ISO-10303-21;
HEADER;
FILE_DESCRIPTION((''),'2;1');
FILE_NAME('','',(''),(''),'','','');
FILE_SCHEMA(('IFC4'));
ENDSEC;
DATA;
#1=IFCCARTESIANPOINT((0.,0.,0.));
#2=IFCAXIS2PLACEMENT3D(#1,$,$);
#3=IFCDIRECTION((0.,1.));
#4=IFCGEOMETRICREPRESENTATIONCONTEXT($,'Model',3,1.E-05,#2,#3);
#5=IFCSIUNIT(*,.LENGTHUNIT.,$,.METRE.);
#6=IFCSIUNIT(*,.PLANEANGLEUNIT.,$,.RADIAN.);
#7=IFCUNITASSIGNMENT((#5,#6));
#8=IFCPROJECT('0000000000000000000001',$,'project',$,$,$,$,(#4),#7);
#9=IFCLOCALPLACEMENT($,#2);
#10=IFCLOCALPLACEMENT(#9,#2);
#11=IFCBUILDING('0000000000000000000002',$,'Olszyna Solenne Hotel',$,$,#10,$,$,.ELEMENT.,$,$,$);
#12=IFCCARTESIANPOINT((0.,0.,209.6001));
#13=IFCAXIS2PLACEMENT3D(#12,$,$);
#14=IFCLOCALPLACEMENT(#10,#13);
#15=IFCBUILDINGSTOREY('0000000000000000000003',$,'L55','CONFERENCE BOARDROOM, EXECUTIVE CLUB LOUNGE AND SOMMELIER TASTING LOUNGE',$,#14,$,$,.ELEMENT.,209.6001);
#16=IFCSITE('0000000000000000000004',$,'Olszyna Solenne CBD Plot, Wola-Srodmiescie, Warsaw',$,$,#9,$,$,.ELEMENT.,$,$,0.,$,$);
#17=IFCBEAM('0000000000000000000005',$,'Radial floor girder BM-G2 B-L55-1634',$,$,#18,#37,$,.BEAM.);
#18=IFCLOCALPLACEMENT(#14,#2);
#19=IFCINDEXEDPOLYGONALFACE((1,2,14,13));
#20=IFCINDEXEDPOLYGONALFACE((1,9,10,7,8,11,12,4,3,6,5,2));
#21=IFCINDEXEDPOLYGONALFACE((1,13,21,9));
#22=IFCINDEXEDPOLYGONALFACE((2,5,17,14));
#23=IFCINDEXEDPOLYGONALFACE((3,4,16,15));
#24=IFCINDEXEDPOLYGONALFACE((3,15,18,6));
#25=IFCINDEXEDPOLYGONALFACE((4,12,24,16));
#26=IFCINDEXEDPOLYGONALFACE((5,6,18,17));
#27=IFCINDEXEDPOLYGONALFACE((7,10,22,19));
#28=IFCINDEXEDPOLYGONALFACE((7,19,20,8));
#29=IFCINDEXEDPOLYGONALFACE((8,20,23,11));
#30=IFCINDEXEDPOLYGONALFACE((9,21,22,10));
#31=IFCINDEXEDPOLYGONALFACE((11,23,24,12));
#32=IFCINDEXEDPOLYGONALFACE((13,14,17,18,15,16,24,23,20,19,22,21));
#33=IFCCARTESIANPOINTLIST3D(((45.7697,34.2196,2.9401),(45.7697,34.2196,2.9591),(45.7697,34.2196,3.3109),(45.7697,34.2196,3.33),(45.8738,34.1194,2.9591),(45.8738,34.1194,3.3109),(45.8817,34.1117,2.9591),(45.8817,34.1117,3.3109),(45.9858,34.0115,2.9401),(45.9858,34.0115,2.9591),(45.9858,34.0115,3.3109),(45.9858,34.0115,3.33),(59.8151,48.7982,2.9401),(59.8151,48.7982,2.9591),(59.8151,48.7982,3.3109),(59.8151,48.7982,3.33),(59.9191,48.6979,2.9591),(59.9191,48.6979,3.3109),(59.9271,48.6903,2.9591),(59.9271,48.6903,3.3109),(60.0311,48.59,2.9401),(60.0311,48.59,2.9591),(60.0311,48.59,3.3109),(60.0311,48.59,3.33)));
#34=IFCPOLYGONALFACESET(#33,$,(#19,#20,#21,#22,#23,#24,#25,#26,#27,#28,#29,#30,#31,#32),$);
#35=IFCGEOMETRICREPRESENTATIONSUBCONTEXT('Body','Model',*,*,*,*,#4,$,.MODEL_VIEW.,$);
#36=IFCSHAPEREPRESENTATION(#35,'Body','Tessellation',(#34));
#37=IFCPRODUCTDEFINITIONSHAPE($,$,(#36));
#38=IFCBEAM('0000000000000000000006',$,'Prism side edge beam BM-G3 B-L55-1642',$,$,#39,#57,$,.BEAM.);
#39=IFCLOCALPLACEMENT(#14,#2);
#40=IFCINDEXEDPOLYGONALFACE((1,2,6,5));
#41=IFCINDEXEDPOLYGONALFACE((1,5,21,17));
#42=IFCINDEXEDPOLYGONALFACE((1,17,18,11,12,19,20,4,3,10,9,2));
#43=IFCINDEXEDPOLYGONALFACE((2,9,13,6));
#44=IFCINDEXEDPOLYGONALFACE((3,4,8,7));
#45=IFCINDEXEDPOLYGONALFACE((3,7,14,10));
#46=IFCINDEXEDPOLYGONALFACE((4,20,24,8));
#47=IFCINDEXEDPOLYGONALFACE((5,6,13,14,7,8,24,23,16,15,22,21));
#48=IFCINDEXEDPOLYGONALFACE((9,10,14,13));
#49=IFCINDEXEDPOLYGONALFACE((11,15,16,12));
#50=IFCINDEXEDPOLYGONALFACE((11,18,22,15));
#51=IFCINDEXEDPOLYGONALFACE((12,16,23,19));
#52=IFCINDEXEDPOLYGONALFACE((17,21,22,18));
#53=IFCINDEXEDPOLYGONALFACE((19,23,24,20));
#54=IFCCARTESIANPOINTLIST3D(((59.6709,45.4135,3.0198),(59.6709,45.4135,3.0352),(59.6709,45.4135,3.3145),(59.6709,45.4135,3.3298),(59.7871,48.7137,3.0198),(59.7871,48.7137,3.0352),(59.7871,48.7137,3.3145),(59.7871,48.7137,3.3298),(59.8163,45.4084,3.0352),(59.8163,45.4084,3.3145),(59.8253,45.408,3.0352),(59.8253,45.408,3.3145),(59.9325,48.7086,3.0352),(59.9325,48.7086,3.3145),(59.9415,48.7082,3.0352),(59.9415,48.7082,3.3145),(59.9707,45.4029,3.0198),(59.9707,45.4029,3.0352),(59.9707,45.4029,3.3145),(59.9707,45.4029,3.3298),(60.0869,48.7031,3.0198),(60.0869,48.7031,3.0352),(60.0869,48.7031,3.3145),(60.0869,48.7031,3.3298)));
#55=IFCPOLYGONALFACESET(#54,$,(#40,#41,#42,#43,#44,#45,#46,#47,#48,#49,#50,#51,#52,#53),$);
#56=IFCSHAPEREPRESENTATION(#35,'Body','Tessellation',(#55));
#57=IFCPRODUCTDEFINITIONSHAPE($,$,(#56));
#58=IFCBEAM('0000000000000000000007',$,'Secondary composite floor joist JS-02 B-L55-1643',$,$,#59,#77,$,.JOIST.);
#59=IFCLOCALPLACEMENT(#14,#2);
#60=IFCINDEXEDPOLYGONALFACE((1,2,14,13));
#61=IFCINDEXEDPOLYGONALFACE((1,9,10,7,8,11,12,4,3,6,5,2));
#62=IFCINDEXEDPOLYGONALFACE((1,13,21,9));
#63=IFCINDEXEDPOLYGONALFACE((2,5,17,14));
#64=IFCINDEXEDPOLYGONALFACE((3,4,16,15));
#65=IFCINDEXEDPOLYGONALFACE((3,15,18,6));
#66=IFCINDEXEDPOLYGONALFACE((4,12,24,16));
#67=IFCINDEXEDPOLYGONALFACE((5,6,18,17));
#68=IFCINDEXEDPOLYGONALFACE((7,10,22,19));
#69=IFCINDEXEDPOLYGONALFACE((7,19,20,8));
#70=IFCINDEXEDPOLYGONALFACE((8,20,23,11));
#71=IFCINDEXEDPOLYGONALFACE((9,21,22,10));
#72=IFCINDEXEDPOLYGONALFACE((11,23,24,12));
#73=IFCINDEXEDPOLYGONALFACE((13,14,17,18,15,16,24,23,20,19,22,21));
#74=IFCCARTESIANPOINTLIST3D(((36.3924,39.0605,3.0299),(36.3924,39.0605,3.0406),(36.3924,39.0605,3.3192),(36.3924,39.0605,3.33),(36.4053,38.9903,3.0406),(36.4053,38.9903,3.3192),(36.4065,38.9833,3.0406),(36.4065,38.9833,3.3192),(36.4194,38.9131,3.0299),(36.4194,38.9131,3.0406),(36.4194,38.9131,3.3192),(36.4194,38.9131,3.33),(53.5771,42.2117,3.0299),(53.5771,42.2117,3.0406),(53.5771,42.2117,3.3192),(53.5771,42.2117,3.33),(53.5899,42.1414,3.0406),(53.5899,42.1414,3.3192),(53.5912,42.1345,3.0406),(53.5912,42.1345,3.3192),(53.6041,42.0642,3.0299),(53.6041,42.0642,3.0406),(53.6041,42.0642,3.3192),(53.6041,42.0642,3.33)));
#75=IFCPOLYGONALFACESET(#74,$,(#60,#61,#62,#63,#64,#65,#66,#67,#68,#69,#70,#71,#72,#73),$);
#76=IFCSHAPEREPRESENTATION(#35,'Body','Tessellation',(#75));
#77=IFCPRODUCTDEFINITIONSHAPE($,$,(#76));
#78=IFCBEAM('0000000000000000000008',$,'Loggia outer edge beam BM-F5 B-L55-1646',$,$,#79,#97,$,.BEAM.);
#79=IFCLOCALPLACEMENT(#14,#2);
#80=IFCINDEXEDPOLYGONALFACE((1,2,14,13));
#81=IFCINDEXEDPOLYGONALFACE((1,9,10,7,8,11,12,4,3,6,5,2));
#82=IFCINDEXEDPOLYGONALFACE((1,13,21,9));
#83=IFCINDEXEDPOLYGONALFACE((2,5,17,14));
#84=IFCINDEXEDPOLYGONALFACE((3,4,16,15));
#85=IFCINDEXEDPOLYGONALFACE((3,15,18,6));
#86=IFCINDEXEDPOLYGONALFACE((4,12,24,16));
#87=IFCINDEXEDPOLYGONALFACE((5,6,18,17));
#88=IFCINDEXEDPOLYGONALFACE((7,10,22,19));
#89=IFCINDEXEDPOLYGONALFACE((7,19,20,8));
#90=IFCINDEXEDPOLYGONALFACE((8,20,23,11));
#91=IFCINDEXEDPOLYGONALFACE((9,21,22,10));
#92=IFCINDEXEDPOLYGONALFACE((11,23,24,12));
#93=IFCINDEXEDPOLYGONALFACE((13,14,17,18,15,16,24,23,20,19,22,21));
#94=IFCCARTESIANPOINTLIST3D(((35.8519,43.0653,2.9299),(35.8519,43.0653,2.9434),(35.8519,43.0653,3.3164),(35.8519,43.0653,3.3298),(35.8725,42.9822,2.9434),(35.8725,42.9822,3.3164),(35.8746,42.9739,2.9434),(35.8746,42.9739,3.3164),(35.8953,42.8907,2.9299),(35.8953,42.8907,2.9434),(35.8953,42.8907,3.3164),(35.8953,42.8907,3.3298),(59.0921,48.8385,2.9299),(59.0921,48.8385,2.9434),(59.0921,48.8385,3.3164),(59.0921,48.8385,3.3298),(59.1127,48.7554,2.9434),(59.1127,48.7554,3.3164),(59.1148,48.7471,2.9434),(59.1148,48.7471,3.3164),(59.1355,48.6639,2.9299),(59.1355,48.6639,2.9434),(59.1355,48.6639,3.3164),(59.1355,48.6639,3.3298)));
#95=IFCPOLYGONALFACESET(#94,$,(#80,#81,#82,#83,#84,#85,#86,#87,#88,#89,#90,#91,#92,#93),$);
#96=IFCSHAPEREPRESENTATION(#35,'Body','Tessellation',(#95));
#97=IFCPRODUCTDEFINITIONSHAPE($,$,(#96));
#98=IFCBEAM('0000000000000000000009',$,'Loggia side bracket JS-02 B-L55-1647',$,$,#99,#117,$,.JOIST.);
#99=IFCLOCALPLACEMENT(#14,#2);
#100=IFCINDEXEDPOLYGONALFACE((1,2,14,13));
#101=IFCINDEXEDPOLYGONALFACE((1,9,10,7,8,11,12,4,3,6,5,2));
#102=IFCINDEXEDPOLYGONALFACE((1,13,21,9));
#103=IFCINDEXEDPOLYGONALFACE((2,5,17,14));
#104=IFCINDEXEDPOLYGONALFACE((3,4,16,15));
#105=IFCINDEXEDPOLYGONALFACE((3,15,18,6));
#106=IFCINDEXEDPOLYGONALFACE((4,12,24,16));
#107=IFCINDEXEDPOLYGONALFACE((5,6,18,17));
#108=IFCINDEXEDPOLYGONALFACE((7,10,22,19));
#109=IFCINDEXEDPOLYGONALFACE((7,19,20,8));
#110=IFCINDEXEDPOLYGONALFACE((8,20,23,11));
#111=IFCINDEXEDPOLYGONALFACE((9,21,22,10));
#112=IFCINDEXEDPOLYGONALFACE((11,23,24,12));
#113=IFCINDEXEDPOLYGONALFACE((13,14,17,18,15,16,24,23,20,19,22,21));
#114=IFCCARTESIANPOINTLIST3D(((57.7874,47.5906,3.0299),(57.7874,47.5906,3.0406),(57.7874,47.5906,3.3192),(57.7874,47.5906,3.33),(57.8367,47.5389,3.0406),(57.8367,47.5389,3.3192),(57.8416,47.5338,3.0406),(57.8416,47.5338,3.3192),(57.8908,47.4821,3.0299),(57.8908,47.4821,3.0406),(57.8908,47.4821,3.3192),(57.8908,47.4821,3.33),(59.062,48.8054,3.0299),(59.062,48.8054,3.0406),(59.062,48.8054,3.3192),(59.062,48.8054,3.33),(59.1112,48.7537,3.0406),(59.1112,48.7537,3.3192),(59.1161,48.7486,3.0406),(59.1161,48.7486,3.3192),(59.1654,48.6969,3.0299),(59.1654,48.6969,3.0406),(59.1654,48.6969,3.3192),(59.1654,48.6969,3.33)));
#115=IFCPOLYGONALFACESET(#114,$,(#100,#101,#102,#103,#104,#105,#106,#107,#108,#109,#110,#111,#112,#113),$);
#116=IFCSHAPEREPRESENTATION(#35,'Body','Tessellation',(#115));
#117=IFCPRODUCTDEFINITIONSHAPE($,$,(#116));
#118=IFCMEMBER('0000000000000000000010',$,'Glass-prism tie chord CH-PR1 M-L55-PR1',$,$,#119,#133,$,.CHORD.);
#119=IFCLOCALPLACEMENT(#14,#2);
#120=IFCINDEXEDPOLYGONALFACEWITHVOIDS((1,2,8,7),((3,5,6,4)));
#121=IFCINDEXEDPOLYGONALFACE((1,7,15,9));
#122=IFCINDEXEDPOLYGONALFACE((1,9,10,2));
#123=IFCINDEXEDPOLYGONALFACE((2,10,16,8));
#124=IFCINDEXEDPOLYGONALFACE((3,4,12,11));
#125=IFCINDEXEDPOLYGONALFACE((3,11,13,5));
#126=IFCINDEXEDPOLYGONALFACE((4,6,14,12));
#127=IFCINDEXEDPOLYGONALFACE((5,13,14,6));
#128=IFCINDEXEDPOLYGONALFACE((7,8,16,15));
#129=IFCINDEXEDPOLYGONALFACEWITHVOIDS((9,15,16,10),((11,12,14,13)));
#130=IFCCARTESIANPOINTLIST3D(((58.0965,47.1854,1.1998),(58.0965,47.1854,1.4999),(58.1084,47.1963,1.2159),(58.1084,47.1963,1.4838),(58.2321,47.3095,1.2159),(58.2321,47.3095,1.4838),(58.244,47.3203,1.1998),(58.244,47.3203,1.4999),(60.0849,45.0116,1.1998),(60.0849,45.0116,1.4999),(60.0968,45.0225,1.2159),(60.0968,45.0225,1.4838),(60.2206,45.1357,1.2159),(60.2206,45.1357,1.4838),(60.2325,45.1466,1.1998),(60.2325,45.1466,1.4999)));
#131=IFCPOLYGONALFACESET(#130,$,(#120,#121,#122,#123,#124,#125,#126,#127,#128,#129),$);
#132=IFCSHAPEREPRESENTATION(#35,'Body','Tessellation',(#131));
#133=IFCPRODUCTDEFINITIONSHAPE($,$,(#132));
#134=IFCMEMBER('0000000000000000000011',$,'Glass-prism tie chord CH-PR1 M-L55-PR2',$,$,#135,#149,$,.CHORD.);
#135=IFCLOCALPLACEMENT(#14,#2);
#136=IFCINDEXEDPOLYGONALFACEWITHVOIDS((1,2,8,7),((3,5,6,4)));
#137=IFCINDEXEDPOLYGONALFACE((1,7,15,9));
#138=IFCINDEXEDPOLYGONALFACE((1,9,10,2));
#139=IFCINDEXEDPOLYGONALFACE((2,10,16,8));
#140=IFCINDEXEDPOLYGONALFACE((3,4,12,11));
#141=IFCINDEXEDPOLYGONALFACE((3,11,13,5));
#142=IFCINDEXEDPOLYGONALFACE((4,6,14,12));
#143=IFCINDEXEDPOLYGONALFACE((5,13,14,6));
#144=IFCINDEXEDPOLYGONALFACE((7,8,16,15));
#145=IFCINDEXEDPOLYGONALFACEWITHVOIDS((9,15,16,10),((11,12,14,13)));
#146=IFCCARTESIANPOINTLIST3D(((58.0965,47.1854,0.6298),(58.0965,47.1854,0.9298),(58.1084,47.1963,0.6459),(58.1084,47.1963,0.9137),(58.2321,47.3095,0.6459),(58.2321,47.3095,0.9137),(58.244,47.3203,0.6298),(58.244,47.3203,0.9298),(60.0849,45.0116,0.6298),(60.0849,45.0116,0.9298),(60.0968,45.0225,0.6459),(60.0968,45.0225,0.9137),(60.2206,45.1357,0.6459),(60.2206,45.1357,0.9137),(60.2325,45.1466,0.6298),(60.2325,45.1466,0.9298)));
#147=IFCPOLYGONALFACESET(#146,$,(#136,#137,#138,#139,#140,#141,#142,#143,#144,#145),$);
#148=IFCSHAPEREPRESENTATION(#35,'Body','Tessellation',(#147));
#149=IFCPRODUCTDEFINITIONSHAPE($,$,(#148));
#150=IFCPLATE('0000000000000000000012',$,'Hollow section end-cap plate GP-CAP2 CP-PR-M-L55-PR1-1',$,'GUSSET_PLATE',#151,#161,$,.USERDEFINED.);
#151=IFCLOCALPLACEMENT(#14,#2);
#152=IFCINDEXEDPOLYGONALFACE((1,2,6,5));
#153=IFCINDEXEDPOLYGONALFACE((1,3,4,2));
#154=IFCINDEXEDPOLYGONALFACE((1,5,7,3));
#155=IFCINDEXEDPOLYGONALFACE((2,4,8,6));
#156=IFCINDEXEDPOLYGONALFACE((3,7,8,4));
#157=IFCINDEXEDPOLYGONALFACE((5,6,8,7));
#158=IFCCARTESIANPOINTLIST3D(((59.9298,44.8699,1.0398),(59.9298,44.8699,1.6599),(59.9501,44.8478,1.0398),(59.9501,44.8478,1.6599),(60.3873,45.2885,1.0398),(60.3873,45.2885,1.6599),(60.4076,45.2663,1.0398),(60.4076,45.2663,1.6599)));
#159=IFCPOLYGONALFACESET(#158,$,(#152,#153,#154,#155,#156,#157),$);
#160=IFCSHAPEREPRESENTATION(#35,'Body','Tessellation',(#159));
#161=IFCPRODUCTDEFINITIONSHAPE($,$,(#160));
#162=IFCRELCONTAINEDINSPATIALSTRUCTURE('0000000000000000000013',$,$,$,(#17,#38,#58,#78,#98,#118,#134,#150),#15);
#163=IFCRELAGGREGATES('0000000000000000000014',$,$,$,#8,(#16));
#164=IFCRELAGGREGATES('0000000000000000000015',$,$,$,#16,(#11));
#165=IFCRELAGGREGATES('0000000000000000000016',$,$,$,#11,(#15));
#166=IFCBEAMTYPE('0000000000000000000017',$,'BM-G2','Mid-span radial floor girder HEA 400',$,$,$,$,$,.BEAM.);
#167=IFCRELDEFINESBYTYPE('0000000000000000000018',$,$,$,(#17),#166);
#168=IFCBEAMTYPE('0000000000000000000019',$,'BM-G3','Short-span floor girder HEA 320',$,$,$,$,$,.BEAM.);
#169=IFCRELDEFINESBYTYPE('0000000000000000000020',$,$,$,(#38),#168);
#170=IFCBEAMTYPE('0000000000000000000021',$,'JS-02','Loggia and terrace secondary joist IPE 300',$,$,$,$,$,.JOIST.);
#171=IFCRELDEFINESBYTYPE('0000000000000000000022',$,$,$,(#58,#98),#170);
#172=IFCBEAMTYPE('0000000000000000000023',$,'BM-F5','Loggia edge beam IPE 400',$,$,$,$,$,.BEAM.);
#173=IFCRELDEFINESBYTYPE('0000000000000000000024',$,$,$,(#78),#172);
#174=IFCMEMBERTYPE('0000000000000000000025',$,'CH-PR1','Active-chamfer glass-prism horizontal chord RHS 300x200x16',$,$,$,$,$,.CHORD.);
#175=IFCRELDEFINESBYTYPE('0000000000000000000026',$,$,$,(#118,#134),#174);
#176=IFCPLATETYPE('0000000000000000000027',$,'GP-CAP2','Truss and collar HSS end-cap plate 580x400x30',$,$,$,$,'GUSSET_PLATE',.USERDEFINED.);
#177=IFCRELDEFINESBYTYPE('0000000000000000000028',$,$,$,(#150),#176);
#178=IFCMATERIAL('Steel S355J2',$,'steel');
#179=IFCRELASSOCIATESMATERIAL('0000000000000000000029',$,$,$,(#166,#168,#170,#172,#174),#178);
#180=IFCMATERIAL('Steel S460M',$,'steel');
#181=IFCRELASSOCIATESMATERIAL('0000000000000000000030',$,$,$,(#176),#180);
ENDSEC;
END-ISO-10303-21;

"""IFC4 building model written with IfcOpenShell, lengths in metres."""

from ifc_helpers import new_model, si_unit, direction, frame, origin, origin_2d, place, context, subcontext, project, spatial, rectangle, hollow_rectangle, i_section, extrude, source, transform, mapped, material, material_profile, profile_set, type_object, element, save


model = new_model("IFC4")

# Units and contexts
model_context = context("Model", 3, precision=1e-05, world=origin(), true_north=direction((0.0, 1.0)))
body_context = subcontext(model_context, "Body", "Model", "MODEL_VIEW")
ifc_project = project(units=[si_unit("LENGTHUNIT", "METRE"), si_unit("PLANEANGLEUNIT", "RADIAN")], contexts=[model_context])

# Site, building, storey
site_placement = place(None, origin())
site = spatial("IfcSite", under=ifc_project, at=site_placement, Name="Olszyna Solenne CBD Plot, Wola-Srodmiescie, Warsaw", CompositionType="ELEMENT", RefElevation=0.0)
building_placement = place(site_placement, origin())
building = spatial("IfcBuilding", under=site, at=building_placement, Name="Olszyna Solenne Hotel", CompositionType="ELEMENT")
storey_placement = place(building_placement, frame((0.0, 0.0, 209.6001)))
storey = spatial("IfcBuildingStorey", under=building, at=storey_placement, Name="L55", Description="CONFERENCE BOARDROOM, EXECUTIVE CLUB LOUNGE AND SOMMELIER TASTING LOUNGE", CompositionType="ELEMENT", Elevation=209.6001)

# Shared definitions
ifc_material_1 = material(Name="Steel S460M", Category="steel")

# Beams
ifc_material_2 = material(Name="Steel S355J2", Category="steel")
ifc_material_profile_1 = material_profile(ifc_material_2, i_section(OverallWidth=0.3, OverallDepth=0.3899, WebThickness=0.011, FlangeThickness=0.019, at=origin_2d()), Name="HEA 400", Category="load-bearing")
ifc_profile_set_1 = profile_set([ifc_material_profile_1], Name="Steel S355J2")
beam_type_1 = type_object("IfcBeamType", Name="BM-G2", Description="Mid-span radial floor girder HEA 400", PredefinedType="BEAM", material=ifc_profile_set_1)
shared_shape_1 = source(origin(), body_context, "Body", "SweptSolid", [
    extrude(i_section(OverallWidth=0.3, OverallDepth=0.3899, WebThickness=0.011, FlangeThickness=0.019, at=origin_2d()), origin(), (0.0, 0.0, 1.0), 20.2437),
])
beam_1_placement = place(storey_placement, frame((59.9231, 48.6941, 3.135), z_axis=(-0.693815, -0.720154, 0.0), x_axis=(0.720154, -0.693815, 0.0)))
element("IfcBeam", 1, at=beam_1_placement, inside=storey, type_object=beam_type_1, Name="Radial floor girder BM-G2 B-L55-1634", PredefinedType="BEAM", context=body_context, shape_type="MappedRepresentation", body=[
    mapped(shared_shape_1, transform((0.0, 0.0, 0.0), x_axis=(1.0, 0.0, 0.0), y_axis=(0.0, 1.0, 0.0), z_axis=(0.0, 0.0, 1.0), scale=1.0)),
])
ifc_material_profile_2 = material_profile(ifc_material_2, i_section(OverallWidth=0.3, OverallDepth=0.3101, WebThickness=0.009, FlangeThickness=0.0154, at=origin_2d()), Name="HEA 320", Category="load-bearing")
ifc_profile_set_2 = profile_set([ifc_material_profile_2], Name="Steel S355J2")
beam_type_2 = type_object("IfcBeamType", Name="BM-G3", Description="Short-span floor girder HEA 320", PredefinedType="BEAM", material=ifc_profile_set_2)
shared_shape_2 = source(origin(), body_context, "Body", "SweptSolid", [
    extrude(i_section(OverallWidth=0.3, OverallDepth=0.3101, WebThickness=0.009, FlangeThickness=0.0154, at=origin_2d()), origin(), (0.0, 0.0, 1.0), 3.3022),
])
beam_2_placement = place(storey_placement, frame((59.8208, 45.4082, 3.1748), z_axis=(0.03519, 0.999381, 0.0), x_axis=(-0.999381, 0.03519, 0.0)))
element("IfcBeam", 2, at=beam_2_placement, inside=storey, type_object=beam_type_2, Name="Prism side edge beam BM-G3 B-L55-1642", PredefinedType="BEAM", context=body_context, shape_type="MappedRepresentation", body=[
    mapped(shared_shape_2, transform((0.0, 0.0, 0.0), x_axis=(1.0, 0.0, 0.0), y_axis=(0.0, 1.0, 0.0), z_axis=(0.0, 0.0, 1.0), scale=1.0)),
])
ifc_material_profile_3 = material_profile(ifc_material_2, i_section(OverallWidth=0.1499, OverallDepth=0.3, WebThickness=0.0071, FlangeThickness=0.0107, at=origin_2d()), Name="IPE 300", Category="load-bearing")
ifc_profile_set_3 = profile_set([ifc_material_profile_3], Name="Steel S355J2")
beam_type_3 = type_object("IfcBeamType", Name="JS-02", Description="Loggia and terrace secondary joist IPE 300", PredefinedType="JOIST", material=ifc_profile_set_3)
shared_shape_3 = source(origin(), body_context, "Body", "SweptSolid", [
    extrude(i_section(OverallWidth=0.1499, OverallDepth=0.3, WebThickness=0.0071, FlangeThickness=0.0107, at=origin_2d()), origin(), (0.0, 0.0, 1.0), 17.4712),
])
beam_3_placement = place(storey_placement, frame((53.5906, 42.1379, 3.1799), z_axis=(-0.9836, -0.180362, 0.0), x_axis=(0.180362, -0.9836, 0.0)))
element("IfcBeam", 3, at=beam_3_placement, inside=storey, type_object=beam_type_3, Name="Secondary composite floor joist JS-02 B-L55-1643", PredefinedType="JOIST", context=body_context, shape_type="MappedRepresentation", body=[
    mapped(shared_shape_3, transform((0.0, 0.0, 0.0), x_axis=(1.0, 0.0, 0.0), y_axis=(0.0, 1.0, 0.0), z_axis=(0.0, 0.0, 1.0), scale=1.0)),
])
ifc_material_profile_4 = material_profile(ifc_material_2, i_section(OverallWidth=0.1799, OverallDepth=0.3999, WebThickness=0.0085, FlangeThickness=0.0134, at=origin_2d()), Name="IPE 400", Category="load-bearing")
ifc_profile_set_4 = profile_set([ifc_material_profile_4], Name="Steel S355J2")
beam_type_4 = type_object("IfcBeamType", Name="BM-F5", Description="Loggia edge beam IPE 400", PredefinedType="BEAM", material=ifc_profile_set_4)
shared_shape_4 = source(origin(), body_context, "Body", "SweptSolid", [
    extrude(i_section(OverallWidth=0.1799, OverallDepth=0.3999, WebThickness=0.0085, FlangeThickness=0.0134, at=origin_2d()), origin(), (0.0, 0.0, 1.0), 23.9465),
])
beam_4_placement = place(storey_placement, frame((59.1138, 48.7512, 3.1299), z_axis=(-0.970504, -0.241086, 0.0), x_axis=(0.241086, -0.970504, 0.0)))
element("IfcBeam", 4, at=beam_4_placement, inside=storey, type_object=beam_type_4, Name="Loggia outer edge beam BM-F5 B-L55-1646", PredefinedType="BEAM", context=body_context, shape_type="MappedRepresentation", body=[
    mapped(shared_shape_4, transform((0.0, 0.0, 0.0), x_axis=(1.0, 0.0, 0.0), y_axis=(0.0, 1.0, 0.0), z_axis=(0.0, 0.0, 1.0), scale=1.0)),
])
shared_shape_5 = source(origin(), body_context, "Body", "SweptSolid", [
    extrude(i_section(OverallWidth=0.1499, OverallDepth=0.3, WebThickness=0.0071, FlangeThickness=0.0107, at=origin_2d()), origin(), (0.0, 0.0, 1.0), 1.7607),
])
beam_5_placement = place(storey_placement, frame((57.8391, 47.5364, 3.1799), z_axis=(0.723887, 0.689918, 0.0), x_axis=(-0.689918, 0.723887, 0.0)))
element("IfcBeam", 5, at=beam_5_placement, inside=storey, type_object=beam_type_3, Name="Loggia side bracket JS-02 B-L55-1647", PredefinedType="JOIST", context=body_context, shape_type="MappedRepresentation", body=[
    mapped(shared_shape_5, transform((0.0, 0.0, 0.0), x_axis=(1.0, 0.0, 0.0), y_axis=(0.0, 1.0, 0.0), z_axis=(0.0, 0.0, 1.0), scale=1.0)),
])

# Members
ifc_material_profile_5 = material_profile(ifc_material_2, hollow_rectangle(XDim=0.2, YDim=0.3, WallThickness=0.0161, at=origin_2d()), Name="RHS 300x200x16", Category="load-bearing")
ifc_profile_set_5 = profile_set([ifc_material_profile_5], Name="Steel S355J2")
member_type = type_object("IfcMemberType", Name="CH-PR1", Description="Active-chamfer glass-prism horizontal chord RHS 300x200x16", PredefinedType="CHORD", material=ifc_profile_set_5)
shared_shape_6 = source(origin(), body_context, "Body", "SweptSolid", [
    extrude(hollow_rectangle(XDim=0.2, YDim=0.3, WallThickness=0.0161, at=origin_2d()), origin(), (0.0, 0.0, 1.0), 2.946),
])
for number, where, z_axis, x_axis, name in (
    (6, (60.1587, 45.0791, 1.3499), (-0.674959, 0.737855, 0.0), (-0.737855, -0.674959, 0.0), "Glass-prism tie chord CH-PR1 M-L55-PR1"),
    (7, (60.1587, 45.0791, 0.7798), (-0.674959, 0.737855, 0.0), (-0.737855, -0.674959, 0.0), "Glass-prism tie chord CH-PR1 M-L55-PR2"),
):
    element("IfcMember", number, at=place(storey_placement, frame(where, z_axis=z_axis, x_axis=x_axis)), inside=storey, type_object=member_type, Name=name, PredefinedType="CHORD", context=body_context, shape_type="MappedRepresentation", body=[
        mapped(shared_shape_6, transform((0.0, 0.0, 0.0), x_axis=(1.0, 0.0, 0.0), y_axis=(0.0, 1.0, 0.0), z_axis=(0.0, 0.0, 1.0), scale=1.0)),
    ])

# Plate
plate_type = type_object("IfcPlateType", Name="GP-CAP2", Description="Truss and collar HSS end-cap plate 580x400x30", ElementType="GUSSET_PLATE", PredefinedType="USERDEFINED", material=ifc_material_1)
shared_shape_7 = source(origin(), body_context, "Body", "SweptSolid", [
    extrude(rectangle(XDim=0.03, YDim=0.6201, at=origin_2d()), origin(), (0.0, 0.0, 1.0), 0.6201),
])
for number, where, z_axis, x_axis, name in (
    (8, (60.1687, 45.0681, 1.0398), (0.0, 0.0, 1.0), (-0.674947, 0.737867, 0.0), "Hollow section end-cap plate GP-CAP2 CP-PR-M-L55-PR1-1"),
):
    element("IfcPlate", number, at=place(storey_placement, frame(where, z_axis=z_axis, x_axis=x_axis)), inside=storey, type_object=plate_type, Name=name, ObjectType="GUSSET_PLATE", PredefinedType="USERDEFINED", context=body_context, shape_type="MappedRepresentation", body=[
        mapped(shared_shape_7, transform((0.0, 0.0, 0.0), x_axis=(1.0, 0.0, 0.0), y_axis=(0.0, 1.0, 0.0), z_axis=(0.0, 0.0, 1.0), scale=1.0)),
    ])

save(model, "model.ifc")
